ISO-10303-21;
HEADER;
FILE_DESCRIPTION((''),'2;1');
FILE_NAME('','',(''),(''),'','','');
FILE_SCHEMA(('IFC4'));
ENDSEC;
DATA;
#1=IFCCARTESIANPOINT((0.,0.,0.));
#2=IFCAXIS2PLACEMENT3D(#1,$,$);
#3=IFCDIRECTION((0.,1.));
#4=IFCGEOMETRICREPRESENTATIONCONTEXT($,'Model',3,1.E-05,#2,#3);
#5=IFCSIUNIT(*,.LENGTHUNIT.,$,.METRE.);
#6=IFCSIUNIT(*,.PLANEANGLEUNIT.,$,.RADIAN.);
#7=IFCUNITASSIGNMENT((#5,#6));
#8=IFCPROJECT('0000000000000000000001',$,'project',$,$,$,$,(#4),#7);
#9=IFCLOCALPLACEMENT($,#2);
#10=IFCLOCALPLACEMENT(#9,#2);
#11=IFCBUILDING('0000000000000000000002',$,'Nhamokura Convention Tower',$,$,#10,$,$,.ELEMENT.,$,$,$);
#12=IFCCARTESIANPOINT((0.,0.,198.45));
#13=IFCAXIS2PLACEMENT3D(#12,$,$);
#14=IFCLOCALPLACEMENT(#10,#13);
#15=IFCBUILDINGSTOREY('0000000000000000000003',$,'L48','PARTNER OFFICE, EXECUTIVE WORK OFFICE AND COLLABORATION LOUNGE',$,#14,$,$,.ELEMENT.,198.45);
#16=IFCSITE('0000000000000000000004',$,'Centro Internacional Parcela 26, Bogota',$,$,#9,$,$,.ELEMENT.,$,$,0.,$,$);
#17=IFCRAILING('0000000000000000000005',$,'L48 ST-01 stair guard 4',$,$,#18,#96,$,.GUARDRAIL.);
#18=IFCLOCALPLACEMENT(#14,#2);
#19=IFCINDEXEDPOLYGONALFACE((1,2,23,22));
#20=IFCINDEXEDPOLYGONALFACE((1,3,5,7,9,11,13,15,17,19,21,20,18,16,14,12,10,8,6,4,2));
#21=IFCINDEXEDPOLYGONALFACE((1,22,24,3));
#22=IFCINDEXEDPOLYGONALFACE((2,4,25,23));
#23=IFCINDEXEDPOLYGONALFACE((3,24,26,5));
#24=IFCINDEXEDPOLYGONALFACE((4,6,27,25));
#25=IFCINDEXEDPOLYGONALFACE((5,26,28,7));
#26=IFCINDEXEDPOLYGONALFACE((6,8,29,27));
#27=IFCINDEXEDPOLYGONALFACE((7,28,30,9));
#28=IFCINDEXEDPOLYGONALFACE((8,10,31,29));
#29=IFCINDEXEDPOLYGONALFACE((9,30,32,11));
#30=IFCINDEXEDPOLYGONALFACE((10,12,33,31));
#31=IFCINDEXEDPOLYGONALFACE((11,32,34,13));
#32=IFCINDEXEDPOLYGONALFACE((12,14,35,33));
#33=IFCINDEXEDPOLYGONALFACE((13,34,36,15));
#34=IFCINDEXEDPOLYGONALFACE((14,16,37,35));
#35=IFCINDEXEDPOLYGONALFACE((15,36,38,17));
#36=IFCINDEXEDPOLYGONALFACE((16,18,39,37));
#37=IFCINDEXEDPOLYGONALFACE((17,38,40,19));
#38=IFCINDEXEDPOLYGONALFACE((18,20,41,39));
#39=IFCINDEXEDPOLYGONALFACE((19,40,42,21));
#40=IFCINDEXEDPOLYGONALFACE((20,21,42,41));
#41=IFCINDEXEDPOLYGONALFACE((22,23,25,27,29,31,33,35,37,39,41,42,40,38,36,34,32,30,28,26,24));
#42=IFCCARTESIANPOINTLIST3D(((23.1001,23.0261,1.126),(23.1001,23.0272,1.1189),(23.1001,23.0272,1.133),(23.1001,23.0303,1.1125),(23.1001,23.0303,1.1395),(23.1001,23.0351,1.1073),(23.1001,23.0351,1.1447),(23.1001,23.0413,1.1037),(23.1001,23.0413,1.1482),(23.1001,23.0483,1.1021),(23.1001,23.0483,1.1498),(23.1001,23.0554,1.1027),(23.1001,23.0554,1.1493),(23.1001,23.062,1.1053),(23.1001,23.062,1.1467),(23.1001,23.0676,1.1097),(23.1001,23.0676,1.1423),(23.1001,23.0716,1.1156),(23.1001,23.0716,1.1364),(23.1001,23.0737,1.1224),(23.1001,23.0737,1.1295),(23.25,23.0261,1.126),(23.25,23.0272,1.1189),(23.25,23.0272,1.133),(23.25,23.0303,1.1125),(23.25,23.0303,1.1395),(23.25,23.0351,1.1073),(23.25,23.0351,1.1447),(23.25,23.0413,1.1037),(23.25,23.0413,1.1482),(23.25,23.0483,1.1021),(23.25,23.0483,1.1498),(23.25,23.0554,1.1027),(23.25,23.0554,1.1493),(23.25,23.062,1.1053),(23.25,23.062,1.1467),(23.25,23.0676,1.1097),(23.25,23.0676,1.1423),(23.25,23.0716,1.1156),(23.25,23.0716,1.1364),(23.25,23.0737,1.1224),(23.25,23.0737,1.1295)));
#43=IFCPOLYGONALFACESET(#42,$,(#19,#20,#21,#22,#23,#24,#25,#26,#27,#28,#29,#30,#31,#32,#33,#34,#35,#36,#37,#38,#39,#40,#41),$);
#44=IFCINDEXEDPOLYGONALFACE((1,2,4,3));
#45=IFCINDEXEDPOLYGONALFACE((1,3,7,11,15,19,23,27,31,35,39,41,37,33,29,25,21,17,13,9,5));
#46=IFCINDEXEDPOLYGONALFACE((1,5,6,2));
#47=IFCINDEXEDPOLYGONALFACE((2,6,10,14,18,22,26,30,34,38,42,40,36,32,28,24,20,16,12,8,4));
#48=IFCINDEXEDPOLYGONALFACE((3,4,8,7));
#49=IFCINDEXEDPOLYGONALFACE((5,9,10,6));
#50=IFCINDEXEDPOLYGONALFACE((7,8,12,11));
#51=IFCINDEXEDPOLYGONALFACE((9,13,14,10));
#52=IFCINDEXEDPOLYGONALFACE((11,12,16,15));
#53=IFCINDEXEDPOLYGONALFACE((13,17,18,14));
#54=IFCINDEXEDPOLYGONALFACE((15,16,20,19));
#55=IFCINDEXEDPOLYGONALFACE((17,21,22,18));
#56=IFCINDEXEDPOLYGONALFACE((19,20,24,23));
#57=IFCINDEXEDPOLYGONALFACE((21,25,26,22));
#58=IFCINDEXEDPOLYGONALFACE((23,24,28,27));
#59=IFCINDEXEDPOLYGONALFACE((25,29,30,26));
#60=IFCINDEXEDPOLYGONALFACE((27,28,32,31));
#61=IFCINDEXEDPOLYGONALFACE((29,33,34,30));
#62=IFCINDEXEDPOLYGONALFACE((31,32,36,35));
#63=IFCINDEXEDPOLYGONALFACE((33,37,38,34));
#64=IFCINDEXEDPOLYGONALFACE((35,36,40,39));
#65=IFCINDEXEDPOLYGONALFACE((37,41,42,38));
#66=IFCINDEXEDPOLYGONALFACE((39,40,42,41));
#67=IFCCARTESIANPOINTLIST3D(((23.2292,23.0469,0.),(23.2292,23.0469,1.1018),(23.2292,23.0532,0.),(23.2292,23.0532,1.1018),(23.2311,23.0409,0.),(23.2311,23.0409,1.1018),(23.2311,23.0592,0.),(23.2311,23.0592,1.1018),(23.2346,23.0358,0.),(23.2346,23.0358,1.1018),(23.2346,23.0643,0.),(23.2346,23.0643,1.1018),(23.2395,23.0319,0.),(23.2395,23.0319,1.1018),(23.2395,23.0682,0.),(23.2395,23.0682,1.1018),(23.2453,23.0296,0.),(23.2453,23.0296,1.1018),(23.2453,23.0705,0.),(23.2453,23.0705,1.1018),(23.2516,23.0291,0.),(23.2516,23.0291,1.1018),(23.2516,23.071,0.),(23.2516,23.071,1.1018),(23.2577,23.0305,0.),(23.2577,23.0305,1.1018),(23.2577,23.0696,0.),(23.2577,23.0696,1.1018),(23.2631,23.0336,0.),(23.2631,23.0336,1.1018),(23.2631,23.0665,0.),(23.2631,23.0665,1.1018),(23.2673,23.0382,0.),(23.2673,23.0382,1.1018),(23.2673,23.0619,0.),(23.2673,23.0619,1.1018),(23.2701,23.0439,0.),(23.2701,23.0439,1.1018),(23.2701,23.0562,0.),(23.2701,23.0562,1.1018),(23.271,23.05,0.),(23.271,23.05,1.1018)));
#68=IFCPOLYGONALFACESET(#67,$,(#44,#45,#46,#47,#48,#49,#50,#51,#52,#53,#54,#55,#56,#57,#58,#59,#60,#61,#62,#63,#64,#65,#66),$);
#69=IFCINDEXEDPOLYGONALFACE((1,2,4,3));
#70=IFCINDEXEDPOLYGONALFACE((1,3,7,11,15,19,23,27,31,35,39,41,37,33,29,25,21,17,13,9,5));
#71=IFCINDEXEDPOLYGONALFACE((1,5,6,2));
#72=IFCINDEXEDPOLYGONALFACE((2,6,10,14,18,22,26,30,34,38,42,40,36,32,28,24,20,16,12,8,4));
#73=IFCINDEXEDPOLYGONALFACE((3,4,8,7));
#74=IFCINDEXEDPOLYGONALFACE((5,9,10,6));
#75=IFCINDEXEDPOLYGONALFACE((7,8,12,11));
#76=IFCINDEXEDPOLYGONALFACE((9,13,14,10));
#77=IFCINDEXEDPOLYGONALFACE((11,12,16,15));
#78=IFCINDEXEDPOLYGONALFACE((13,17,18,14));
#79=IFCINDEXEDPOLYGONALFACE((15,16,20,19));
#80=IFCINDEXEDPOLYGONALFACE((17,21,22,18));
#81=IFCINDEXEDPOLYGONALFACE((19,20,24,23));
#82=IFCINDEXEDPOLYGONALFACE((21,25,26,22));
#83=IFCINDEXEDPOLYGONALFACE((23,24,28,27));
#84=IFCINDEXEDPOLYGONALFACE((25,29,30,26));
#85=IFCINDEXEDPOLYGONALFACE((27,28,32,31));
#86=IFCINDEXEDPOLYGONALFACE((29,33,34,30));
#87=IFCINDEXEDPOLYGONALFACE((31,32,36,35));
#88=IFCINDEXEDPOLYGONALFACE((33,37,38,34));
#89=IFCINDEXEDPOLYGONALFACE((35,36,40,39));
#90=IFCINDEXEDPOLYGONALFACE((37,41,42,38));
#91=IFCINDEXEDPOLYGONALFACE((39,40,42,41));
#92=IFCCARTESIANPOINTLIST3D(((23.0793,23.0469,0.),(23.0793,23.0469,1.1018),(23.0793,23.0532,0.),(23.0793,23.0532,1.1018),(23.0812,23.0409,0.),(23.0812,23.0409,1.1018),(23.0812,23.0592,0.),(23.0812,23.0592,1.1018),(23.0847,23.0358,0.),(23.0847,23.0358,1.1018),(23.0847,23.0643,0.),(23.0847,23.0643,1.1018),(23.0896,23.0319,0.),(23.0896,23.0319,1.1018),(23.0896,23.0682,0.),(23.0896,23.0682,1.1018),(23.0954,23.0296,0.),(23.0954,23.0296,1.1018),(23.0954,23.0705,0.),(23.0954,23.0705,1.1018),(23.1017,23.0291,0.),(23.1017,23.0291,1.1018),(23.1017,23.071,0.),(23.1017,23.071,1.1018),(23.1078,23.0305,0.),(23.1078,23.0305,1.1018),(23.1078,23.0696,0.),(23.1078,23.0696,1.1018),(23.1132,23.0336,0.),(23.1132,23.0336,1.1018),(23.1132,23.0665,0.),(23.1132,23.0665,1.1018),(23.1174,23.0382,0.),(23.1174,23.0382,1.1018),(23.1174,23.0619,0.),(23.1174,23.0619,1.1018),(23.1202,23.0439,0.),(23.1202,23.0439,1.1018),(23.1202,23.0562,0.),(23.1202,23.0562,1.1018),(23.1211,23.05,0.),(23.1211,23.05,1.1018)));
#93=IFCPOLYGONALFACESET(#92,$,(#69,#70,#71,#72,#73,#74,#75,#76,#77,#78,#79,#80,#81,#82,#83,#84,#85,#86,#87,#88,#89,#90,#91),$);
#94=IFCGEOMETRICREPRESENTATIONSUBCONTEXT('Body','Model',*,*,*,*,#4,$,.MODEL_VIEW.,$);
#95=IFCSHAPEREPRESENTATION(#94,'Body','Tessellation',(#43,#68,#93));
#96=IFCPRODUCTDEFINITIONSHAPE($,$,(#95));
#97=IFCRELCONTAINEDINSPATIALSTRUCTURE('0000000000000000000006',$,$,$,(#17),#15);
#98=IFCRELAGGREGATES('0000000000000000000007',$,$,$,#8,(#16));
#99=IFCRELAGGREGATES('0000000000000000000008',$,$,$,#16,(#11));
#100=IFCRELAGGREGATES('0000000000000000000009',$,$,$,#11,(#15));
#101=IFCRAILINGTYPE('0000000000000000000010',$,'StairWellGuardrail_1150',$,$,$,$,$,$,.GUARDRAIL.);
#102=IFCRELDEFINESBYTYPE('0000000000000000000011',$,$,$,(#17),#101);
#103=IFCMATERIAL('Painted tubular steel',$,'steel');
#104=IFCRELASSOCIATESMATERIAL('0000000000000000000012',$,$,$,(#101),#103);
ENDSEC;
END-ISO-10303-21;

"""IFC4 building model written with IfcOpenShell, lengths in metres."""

from ifc_helpers import new_model, si_unit, direction, frame, origin, origin_2d, place, context, subcontext, project, spatial, circle, extrude, material, type_object, element, save


model = new_model("IFC4")

# Units and contexts
model_context = context("Model", 3, precision=1e-05, world=origin(), true_north=direction((0.0, 1.0)))
body_context = subcontext(model_context, "Body", "Model", "MODEL_VIEW")
ifc_project = project(units=[si_unit("LENGTHUNIT", "METRE"), si_unit("PLANEANGLEUNIT", "RADIAN")], contexts=[model_context])

# Site, building, storey
site_placement = place(None, origin())
site = spatial("IfcSite", under=ifc_project, at=site_placement, Name="Centro Internacional Parcela 26, Bogota", CompositionType="ELEMENT", RefElevation=0.0)
building_placement = place(site_placement, origin())
building = spatial("IfcBuilding", under=site, at=building_placement, Name="Nhamokura Convention Tower", CompositionType="ELEMENT")
storey_placement = place(building_placement, frame((0.0, 0.0, 198.45)))
storey = spatial("IfcBuildingStorey", under=building, at=storey_placement, Name="L48", Description="PARTNER OFFICE, EXECUTIVE WORK OFFICE AND COLLABORATION LOUNGE", CompositionType="ELEMENT", Elevation=198.45)

# Railing
ifc_material_1 = material(Name="Painted tubular steel", Category="steel")
railing_type_1 = type_object("IfcRailingType", Name="StairWellGuardrail_1150", PredefinedType="GUARDRAIL", material=ifc_material_1)
railing_1_placement = place(storey_placement, frame((23.25, 23.05, 0.0)))
element("IfcRailing", 1, at=railing_1_placement, inside=storey, type_object=railing_type_1, Name="L48 ST-01 stair guard 4", PredefinedType="GUARDRAIL", context=body_context, shape_type="SweptSolid", body=[
    extrude(circle(Radius=0.0239, at=origin_2d()), frame((0.0, 0.0, 1.126), z_axis=(-1.0, 0.0, 0.0), x_axis=(0.0, -1.0, 0.0)), (0.0, 0.0, 1.0), 0.1499),
    extrude(circle(Radius=0.021, at=origin_2d()), origin(), (0.0, 0.0, 1.0), 1.1018),
    extrude(circle(Radius=0.021, at=origin_2d()), frame((-0.1499, 0.0, 0.0)), (0.0, 0.0, 1.0), 1.1018),
])

save(model, "model.ifc")
